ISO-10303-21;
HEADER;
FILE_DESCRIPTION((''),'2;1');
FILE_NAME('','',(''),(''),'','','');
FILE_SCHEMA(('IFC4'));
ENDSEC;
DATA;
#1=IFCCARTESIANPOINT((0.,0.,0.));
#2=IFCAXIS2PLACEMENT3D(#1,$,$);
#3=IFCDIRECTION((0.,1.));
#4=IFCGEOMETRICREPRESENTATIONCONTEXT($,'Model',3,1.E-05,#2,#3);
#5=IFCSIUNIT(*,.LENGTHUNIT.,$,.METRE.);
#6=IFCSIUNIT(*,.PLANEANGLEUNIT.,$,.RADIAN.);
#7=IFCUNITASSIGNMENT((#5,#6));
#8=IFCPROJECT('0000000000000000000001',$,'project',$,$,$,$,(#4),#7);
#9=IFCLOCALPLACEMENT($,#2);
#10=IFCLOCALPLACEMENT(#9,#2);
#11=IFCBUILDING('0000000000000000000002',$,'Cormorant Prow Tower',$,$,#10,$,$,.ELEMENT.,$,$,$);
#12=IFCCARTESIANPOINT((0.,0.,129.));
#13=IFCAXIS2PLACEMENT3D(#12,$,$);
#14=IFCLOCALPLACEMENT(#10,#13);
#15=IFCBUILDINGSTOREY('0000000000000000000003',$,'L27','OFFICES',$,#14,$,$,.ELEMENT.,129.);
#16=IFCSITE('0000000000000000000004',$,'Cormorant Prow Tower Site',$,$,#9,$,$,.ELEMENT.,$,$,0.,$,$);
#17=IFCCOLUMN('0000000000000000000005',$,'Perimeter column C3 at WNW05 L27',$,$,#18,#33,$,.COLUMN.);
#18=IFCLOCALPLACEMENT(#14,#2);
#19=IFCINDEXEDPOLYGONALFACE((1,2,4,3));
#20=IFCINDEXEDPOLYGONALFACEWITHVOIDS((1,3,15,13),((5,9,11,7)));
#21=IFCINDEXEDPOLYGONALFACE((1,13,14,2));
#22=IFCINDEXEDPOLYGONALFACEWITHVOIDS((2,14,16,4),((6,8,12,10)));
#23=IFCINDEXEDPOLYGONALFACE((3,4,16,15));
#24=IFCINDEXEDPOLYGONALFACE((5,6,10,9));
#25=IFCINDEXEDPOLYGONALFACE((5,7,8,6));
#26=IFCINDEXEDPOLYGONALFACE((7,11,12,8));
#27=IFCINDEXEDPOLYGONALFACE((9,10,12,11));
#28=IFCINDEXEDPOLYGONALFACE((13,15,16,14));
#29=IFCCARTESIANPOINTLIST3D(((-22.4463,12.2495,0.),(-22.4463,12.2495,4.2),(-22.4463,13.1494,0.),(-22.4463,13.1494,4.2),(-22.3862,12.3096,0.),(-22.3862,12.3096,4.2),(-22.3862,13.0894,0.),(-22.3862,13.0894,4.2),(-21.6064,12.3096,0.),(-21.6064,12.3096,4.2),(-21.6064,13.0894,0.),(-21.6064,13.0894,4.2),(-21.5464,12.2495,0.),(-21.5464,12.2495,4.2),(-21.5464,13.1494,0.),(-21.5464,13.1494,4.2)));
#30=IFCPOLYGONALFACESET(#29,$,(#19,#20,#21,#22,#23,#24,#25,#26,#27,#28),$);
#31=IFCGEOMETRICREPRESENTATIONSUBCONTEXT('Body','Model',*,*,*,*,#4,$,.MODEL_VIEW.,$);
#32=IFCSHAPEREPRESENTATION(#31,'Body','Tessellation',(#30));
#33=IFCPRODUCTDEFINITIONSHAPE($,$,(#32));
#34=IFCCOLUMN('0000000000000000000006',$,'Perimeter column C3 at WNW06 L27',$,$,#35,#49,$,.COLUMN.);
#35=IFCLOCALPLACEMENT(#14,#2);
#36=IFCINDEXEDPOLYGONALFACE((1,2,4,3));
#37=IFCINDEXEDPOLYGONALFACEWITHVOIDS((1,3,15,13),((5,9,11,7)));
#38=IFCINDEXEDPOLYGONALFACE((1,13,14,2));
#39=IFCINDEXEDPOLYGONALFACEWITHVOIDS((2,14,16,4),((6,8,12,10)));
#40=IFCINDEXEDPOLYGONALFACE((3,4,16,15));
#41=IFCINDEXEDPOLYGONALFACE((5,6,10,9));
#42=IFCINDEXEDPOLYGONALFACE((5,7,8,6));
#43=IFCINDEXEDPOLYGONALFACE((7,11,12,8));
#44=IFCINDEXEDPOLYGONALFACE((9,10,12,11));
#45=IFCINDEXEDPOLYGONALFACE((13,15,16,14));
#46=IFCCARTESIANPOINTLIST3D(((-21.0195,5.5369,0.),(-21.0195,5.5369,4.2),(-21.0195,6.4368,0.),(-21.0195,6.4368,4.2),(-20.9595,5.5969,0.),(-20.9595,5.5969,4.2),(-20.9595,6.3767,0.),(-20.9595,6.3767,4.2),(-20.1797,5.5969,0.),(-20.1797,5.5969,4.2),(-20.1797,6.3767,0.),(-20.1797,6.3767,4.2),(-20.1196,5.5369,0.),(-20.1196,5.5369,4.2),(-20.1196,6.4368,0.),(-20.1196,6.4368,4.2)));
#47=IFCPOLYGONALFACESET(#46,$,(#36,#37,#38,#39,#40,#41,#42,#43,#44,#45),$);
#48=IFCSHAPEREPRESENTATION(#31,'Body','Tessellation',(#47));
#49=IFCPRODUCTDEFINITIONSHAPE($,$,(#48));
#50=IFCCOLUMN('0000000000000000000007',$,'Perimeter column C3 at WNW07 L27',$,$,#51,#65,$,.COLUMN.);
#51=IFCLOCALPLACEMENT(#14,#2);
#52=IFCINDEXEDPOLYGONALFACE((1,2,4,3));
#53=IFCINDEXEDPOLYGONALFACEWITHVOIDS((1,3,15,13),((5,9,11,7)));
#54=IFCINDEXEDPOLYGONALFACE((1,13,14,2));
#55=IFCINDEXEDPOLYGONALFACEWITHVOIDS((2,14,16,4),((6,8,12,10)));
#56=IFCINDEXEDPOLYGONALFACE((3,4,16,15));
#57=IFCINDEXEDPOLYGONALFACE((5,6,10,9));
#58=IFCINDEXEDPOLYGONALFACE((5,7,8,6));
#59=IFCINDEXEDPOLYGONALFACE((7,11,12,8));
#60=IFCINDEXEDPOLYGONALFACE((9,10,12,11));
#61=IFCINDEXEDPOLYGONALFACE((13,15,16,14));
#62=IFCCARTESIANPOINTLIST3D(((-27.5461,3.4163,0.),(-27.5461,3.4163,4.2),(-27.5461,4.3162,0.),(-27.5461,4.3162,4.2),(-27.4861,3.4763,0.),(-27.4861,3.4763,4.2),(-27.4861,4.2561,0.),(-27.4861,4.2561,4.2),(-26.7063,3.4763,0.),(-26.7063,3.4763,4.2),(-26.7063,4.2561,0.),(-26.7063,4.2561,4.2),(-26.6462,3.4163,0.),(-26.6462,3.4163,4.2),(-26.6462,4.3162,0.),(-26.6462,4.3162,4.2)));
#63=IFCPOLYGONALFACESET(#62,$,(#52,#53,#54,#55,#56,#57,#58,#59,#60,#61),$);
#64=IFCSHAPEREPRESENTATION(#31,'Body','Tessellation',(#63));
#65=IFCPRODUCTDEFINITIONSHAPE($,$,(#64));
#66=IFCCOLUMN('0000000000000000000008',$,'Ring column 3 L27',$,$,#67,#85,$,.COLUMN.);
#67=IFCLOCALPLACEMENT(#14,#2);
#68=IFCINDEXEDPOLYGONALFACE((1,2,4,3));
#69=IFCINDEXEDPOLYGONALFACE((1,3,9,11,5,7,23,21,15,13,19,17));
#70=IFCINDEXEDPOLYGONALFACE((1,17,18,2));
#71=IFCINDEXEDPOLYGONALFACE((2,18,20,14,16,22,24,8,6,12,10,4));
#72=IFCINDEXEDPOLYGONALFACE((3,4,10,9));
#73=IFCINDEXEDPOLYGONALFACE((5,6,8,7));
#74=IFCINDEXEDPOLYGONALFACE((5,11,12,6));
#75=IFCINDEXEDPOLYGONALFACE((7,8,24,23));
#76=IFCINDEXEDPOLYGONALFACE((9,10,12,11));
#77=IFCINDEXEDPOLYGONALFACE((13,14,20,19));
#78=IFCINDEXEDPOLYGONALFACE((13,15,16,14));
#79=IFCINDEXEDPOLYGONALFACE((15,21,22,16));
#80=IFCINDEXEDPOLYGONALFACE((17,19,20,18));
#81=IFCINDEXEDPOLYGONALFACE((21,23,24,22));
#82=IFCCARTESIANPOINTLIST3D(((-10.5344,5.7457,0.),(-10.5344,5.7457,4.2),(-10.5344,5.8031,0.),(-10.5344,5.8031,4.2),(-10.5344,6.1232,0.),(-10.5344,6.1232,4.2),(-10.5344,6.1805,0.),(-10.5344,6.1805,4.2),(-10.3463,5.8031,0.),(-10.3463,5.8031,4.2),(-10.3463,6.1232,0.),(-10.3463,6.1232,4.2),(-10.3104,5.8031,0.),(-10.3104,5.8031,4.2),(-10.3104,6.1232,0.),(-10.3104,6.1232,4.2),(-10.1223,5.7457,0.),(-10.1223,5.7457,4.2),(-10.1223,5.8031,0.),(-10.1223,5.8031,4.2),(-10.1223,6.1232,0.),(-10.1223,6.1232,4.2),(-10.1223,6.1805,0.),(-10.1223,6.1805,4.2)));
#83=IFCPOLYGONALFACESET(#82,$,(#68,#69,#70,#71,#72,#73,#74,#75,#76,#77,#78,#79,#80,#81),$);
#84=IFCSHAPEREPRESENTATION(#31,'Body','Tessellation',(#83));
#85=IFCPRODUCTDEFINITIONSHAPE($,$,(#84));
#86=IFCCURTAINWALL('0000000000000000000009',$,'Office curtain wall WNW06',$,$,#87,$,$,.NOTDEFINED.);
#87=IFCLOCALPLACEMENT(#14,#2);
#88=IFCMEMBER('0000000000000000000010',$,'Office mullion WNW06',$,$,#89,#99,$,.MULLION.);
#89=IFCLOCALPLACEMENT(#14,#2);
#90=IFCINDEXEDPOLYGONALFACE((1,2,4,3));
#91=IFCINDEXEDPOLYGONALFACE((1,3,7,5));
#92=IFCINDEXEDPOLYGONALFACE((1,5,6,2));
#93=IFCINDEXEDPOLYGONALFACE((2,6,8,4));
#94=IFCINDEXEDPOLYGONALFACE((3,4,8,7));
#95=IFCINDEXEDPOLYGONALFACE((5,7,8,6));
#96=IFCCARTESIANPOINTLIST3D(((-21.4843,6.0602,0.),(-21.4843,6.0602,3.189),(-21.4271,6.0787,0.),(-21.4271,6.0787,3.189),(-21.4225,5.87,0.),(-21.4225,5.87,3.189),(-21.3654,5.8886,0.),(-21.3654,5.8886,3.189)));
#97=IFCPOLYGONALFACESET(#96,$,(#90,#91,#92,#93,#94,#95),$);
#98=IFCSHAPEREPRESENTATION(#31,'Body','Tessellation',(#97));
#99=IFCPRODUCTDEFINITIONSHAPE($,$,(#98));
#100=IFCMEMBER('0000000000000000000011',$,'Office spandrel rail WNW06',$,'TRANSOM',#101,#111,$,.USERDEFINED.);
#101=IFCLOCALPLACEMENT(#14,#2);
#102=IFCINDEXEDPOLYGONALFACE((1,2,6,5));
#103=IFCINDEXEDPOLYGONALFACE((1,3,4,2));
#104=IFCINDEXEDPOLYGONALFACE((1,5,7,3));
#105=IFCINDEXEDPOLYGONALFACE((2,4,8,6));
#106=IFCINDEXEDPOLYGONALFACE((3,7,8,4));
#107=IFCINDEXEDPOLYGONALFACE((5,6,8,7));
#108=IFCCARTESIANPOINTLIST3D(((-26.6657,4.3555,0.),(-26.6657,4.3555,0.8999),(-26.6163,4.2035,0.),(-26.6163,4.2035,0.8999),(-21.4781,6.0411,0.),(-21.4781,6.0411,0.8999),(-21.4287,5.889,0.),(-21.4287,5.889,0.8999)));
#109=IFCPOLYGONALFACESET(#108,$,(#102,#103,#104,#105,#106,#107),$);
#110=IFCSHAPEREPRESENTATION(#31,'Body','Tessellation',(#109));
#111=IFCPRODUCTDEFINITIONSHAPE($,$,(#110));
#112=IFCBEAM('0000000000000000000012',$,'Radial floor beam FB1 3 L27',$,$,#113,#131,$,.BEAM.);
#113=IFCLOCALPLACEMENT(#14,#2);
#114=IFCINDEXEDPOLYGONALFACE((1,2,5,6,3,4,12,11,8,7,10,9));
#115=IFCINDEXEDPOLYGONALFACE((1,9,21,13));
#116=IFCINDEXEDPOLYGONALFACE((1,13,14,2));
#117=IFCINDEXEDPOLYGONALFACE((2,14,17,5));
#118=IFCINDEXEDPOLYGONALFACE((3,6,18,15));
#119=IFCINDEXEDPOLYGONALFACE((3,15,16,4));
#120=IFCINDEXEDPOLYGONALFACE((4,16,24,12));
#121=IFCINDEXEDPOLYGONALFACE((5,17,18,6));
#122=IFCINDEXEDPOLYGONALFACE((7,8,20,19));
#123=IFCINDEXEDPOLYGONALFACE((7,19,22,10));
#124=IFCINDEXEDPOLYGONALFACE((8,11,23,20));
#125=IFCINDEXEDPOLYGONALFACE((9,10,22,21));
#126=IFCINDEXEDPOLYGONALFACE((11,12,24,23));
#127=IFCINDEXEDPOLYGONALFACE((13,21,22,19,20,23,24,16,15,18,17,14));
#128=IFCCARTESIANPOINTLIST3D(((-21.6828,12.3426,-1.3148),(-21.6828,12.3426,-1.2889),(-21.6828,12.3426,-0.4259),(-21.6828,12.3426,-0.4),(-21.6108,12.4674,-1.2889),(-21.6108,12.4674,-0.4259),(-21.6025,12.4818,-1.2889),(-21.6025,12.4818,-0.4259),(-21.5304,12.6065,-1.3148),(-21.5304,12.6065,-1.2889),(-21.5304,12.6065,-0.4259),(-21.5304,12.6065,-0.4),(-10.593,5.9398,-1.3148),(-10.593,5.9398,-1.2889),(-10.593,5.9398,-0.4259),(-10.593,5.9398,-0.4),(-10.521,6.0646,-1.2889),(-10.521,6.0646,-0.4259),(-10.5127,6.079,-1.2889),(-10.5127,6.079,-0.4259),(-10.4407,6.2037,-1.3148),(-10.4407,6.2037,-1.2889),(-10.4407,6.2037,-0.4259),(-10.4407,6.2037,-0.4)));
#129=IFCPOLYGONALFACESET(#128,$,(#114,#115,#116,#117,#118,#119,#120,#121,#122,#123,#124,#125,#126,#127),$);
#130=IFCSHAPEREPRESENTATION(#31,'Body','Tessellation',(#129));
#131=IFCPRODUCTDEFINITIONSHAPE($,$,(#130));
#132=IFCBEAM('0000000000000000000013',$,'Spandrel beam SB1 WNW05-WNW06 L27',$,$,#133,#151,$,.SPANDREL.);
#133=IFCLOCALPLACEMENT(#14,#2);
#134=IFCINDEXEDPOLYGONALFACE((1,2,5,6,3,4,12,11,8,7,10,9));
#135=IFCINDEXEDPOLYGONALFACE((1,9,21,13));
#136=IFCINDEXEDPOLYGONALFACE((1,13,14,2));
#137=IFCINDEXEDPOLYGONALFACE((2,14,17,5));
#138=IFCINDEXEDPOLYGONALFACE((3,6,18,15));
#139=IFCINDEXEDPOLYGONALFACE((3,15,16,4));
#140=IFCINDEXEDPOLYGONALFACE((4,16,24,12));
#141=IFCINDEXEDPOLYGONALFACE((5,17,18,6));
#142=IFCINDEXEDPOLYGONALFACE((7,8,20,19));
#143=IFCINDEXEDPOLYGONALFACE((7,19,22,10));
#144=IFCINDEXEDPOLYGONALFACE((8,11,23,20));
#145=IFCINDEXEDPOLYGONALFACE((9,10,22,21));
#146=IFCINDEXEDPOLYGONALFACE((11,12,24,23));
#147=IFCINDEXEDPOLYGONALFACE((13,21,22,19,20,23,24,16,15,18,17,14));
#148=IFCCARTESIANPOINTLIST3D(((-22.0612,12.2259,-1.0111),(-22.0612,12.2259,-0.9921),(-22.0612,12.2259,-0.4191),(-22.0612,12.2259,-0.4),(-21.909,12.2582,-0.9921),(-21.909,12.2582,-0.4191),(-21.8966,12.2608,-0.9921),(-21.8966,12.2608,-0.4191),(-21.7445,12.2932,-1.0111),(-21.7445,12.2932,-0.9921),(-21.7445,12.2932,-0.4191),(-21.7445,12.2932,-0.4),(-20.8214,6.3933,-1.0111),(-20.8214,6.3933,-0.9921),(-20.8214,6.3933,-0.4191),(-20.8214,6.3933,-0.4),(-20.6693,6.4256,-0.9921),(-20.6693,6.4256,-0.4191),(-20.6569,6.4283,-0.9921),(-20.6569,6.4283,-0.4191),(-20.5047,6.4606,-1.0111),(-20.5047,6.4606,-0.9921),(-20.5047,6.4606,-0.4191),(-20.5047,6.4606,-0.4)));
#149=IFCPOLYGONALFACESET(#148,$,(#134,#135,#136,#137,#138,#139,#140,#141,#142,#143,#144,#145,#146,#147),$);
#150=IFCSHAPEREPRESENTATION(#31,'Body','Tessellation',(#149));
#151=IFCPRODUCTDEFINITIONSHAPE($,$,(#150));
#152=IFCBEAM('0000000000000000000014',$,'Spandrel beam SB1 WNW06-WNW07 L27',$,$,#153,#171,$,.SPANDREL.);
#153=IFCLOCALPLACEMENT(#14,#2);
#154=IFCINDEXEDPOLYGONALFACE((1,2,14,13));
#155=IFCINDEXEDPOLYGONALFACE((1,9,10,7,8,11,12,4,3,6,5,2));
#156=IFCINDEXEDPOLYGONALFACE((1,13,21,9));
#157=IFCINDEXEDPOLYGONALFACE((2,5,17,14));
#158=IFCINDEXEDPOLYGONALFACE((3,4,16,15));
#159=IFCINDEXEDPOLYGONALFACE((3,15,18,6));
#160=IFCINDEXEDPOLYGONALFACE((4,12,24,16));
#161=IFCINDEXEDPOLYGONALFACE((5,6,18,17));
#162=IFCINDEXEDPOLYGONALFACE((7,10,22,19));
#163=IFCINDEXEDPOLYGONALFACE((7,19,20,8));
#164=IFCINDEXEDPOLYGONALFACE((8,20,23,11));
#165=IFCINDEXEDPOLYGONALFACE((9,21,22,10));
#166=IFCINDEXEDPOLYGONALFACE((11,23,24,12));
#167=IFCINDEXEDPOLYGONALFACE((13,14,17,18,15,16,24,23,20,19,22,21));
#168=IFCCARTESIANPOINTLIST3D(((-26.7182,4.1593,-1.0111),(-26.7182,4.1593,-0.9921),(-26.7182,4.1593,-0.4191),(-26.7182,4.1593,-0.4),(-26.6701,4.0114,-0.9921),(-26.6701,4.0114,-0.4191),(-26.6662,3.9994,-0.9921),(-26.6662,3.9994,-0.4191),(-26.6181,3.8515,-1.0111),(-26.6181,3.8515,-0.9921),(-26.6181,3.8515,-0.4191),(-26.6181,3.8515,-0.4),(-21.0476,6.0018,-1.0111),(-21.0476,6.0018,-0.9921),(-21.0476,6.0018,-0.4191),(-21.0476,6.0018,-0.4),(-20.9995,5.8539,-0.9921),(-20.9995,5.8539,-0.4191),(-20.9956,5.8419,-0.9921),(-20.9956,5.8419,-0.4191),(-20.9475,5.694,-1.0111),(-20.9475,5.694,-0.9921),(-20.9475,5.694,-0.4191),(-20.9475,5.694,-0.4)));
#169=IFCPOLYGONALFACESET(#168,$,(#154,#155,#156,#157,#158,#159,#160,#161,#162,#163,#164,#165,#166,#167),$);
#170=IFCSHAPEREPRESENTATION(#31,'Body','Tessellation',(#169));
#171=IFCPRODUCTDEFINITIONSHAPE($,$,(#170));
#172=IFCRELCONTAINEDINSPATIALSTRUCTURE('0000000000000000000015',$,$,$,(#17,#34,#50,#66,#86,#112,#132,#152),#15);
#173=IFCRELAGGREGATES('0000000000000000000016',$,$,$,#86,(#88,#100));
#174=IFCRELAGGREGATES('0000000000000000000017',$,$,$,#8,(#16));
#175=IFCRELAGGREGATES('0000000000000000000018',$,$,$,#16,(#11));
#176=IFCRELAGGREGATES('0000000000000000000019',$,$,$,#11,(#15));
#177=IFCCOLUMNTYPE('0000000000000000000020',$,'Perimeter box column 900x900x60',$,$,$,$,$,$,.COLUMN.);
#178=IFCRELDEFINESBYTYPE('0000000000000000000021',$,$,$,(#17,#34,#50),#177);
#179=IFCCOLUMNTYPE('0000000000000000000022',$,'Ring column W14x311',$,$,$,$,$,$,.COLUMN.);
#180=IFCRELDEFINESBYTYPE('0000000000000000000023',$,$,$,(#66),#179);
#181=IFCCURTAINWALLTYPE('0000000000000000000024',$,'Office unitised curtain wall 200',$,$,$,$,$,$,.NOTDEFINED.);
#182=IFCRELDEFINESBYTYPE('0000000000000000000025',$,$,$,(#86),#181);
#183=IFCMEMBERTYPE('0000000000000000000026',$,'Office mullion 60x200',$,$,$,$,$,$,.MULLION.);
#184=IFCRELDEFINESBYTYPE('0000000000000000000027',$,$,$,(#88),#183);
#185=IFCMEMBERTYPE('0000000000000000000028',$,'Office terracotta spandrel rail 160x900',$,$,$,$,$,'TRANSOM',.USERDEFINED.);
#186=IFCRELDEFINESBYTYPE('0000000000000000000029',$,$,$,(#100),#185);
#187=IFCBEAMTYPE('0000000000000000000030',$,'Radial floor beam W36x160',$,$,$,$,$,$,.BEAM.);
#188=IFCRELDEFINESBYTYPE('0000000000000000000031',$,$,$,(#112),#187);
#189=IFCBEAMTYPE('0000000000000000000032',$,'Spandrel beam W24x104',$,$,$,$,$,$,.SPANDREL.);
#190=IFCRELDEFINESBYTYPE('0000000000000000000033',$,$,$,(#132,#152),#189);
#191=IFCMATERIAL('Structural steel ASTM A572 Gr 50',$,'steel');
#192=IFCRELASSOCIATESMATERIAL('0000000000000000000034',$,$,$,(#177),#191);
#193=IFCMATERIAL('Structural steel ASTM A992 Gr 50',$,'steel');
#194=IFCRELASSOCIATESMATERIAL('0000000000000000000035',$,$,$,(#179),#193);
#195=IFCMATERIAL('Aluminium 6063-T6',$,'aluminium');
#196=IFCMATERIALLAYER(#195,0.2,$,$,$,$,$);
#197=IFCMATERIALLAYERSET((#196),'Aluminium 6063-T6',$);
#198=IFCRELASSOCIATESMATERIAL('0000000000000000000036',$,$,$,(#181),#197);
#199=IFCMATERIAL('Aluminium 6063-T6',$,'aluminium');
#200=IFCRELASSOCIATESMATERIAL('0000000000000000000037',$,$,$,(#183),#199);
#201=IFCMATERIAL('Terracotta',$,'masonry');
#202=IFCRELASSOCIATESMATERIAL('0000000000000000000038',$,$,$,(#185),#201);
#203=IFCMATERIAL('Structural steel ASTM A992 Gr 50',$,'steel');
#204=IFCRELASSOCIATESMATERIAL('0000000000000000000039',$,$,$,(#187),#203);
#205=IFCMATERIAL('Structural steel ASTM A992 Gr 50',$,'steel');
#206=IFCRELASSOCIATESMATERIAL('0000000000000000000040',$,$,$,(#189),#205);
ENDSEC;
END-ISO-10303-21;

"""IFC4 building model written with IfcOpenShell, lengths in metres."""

from ifc_helpers import new_model, si_unit, direction, frame, origin, origin_2d, place, context, subcontext, project, spatial, rectangle, hollow_rectangle, i_section, extrude, material, layer, layer_set, material_profile, profile_set, type_object, element, aggregate, save


model = new_model("IFC4")

# Units and contexts
model_context = context("Model", 3, precision=1e-05, world=origin(), true_north=direction((0.0, 1.0)))
body_context = subcontext(model_context, "Body", "Model", "MODEL_VIEW")
ifc_project = project(units=[si_unit("LENGTHUNIT", "METRE"), si_unit("PLANEANGLEUNIT", "RADIAN")], contexts=[model_context])

# Site, building, storey
site_placement = place(None, origin())
site = spatial("IfcSite", under=ifc_project, at=site_placement, Name="Cormorant Prow Tower Site", CompositionType="ELEMENT", RefElevation=0.0)
building_placement = place(site_placement, origin())
building = spatial("IfcBuilding", under=site, at=building_placement, Name="Cormorant Prow Tower", CompositionType="ELEMENT")
storey_placement = place(building_placement, frame((0.0, 0.0, 129.0)))
storey = spatial("IfcBuildingStorey", under=building, at=storey_placement, Name="L27", Description="OFFICES", CompositionType="ELEMENT", Elevation=129.0)

# Columns
ifc_material_1 = material(Name="Structural steel ASTM A572 Gr 50", Category="steel")
ifc_material_profile_1 = material_profile(ifc_material_1, hollow_rectangle(XDim=0.8999, YDim=0.8999, WallThickness=0.0601, at=origin_2d()), Name="Box 900x900x60")
ifc_profile_set_1 = profile_set([ifc_material_profile_1], Name="Structural steel ASTM A572 Gr 50")
column_type_1 = type_object("IfcColumnType", Name="Perimeter box column 900x900x60", PredefinedType="COLUMN", material=ifc_profile_set_1)
for number, where, z_axis, x_axis, name in (
    (1, (-21.9963, 12.6995, 0.0), (0.0, 0.0, 1.0), (1.0, 0.0, 0.0), "Perimeter column C3 at WNW05 L27"),
    (2, (-20.5696, 5.9868, 0.0), (0.0, 0.0, 1.0), (1.0, 0.0, 0.0), "Perimeter column C3 at WNW06 L27"),
    (3, (-27.0962, 3.8662, 0.0), (0.0, 0.0, 1.0), (1.0, 0.0, 0.0), "Perimeter column C3 at WNW07 L27"),
):
    element("IfcColumn", number, at=place(storey_placement, frame(where, z_axis=z_axis, x_axis=x_axis)), inside=storey, type_object=column_type_1, Name=name, PredefinedType="COLUMN", context=body_context, shape_type="SweptSolid", body=[
        extrude(hollow_rectangle(XDim=0.8999, YDim=0.8999, WallThickness=0.0601, at=origin_2d()), origin(), (0.0, 0.0, 1.0), 4.2),
    ])
ifc_material_2 = material(Name="Structural steel ASTM A992 Gr 50", Category="steel")
ifc_material_profile_2 = material_profile(ifc_material_2, i_section(OverallWidth=0.4121, OverallDepth=0.4348, WebThickness=0.0359, FlangeThickness=0.0574, at=origin_2d()), Name="W14x311")
ifc_profile_set_2 = profile_set([ifc_material_profile_2], Name="Structural steel ASTM A992 Gr 50")
column_type_2 = type_object("IfcColumnType", Name="Ring column W14x311", PredefinedType="COLUMN", material=ifc_profile_set_2)
column_placement = place(storey_placement, frame((-10.3284, 5.9631, 0.0), z_axis=(0.0, 0.0, 1.0), x_axis=(1.0, 0.0, 0.0)))
element("IfcColumn", 4, at=column_placement, inside=storey, type_object=column_type_2, Name="Ring column 3 L27", PredefinedType="COLUMN", context=body_context, shape_type="SweptSolid", body=[
    extrude(i_section(OverallWidth=0.4121, OverallDepth=0.4348, WebThickness=0.0359, FlangeThickness=0.0574, at=origin_2d()), origin(), (0.0, 0.0, 1.0), 4.2),
])

# Curtain wall, members
ifc_material_3 = material(Name="Aluminium 6063-T6", Category="aluminium")
ifc_layer_1 = layer(ifc_material_3, 0.2)
ifc_layer_set_1 = layer_set([ifc_layer_1], Name="Aluminium 6063-T6")
curtain_wall_type = type_object("IfcCurtainWallType", Name="Office unitised curtain wall 200", PredefinedType="NOTDEFINED", material=ifc_layer_set_1)
curtain_wall_placement = place(storey_placement, origin())
curtain_wall = element("IfcCurtainWall", 5, at=curtain_wall_placement, inside=storey, type_object=curtain_wall_type, Name="Office curtain wall WNW06", PredefinedType="NOTDEFINED")
ifc_material_4 = material(Name="Aluminium 6063-T6", Category="aluminium")
ifc_material_profile_3 = material_profile(ifc_material_4, rectangle(XDim=0.2, YDim=0.0601, at=origin_2d()), Name="Office mullion 60x200")
ifc_profile_set_3 = profile_set([ifc_material_profile_3], Name="Aluminium 6063-T6")
member_type_1 = type_object("IfcMemberType", Name="Office mullion 60x200", PredefinedType="MULLION", material=ifc_profile_set_3)
member_1_placement = place(storey_placement, frame((-21.4248, 5.9744, 0.0), z_axis=(0.0, 0.0, 1.0), x_axis=(0.309017, -0.951056, 0.0)))
member_1 = element("IfcMember", 6, at=member_1_placement, type_object=member_type_1, Name="Office mullion WNW06", PredefinedType="MULLION", context=body_context, shape_type="SweptSolid", body=[
    extrude(rectangle(XDim=0.2, YDim=0.0601, at=origin_2d()), origin(), (0.0, 0.0, 1.0), 3.189),
])
ifc_material_5 = material(Name="Terracotta", Category="masonry")
ifc_material_profile_4 = material_profile(ifc_material_5, rectangle(XDim=0.1599, YDim=0.8999, at=origin_2d()), Name="Office terracotta spandrel rail 160x900")
ifc_profile_set_4 = profile_set([ifc_material_profile_4], Name="Terracotta")
member_type_2 = type_object("IfcMemberType", Name="Office terracotta spandrel rail 160x900", ElementType="TRANSOM", PredefinedType="USERDEFINED", material=ifc_profile_set_4)
member_2_placement = place(storey_placement, frame((-21.4534, 5.9651, 0.45), z_axis=(-0.951055, -0.309021, 0.0), x_axis=(0.309021, -0.951055, 0.0)))
member_2 = element("IfcMember", 7, at=member_2_placement, type_object=member_type_2, Name="Office spandrel rail WNW06", ObjectType="TRANSOM", PredefinedType="USERDEFINED", context=body_context, shape_type="SweptSolid", body=[
    extrude(rectangle(XDim=0.1599, YDim=0.8999, at=origin_2d()), origin(), (0.0, 0.0, 1.0), 5.4546),
])

# Beams
ifc_material_6 = material(Name="Structural steel ASTM A992 Gr 50", Category="steel")
ifc_material_profile_5 = material_profile(ifc_material_6, i_section(OverallWidth=0.3047, OverallDepth=0.9148, WebThickness=0.0166, FlangeThickness=0.0259, at=origin_2d()), Name="W36x160")
ifc_profile_set_5 = profile_set([ifc_material_profile_5], Name="Structural steel ASTM A992 Gr 50")
beam_type_1 = type_object("IfcBeamType", Name="Radial floor beam W36x160", PredefinedType="BEAM", material=ifc_profile_set_5)
beam_1_placement = place(storey_placement, frame((-10.5168, 6.0718, -0.8574), z_axis=(-0.866022, 0.500006, 0.0), x_axis=(-0.500006, -0.866022, 0.0)))
element("IfcBeam", 8, at=beam_1_placement, inside=storey, type_object=beam_type_1, Name="Radial floor beam FB1 3 L27", PredefinedType="BEAM", context=body_context, shape_type="SweptSolid", body=[
    extrude(i_section(OverallWidth=0.3047, OverallDepth=0.9148, WebThickness=0.0166, FlangeThickness=0.0259, at=origin_2d()), origin(), (0.0, 0.0, 1.0), 12.8054),
])
ifc_material_7 = material(Name="Structural steel ASTM A992 Gr 50", Category="steel")
ifc_material_profile_6 = material_profile(ifc_material_7, i_section(OverallWidth=0.3237, OverallDepth=0.6111, WebThickness=0.0127, FlangeThickness=0.019, at=origin_2d()), Name="W24x104")
ifc_profile_set_6 = profile_set([ifc_material_profile_6], Name="Structural steel ASTM A992 Gr 50")
beam_type_2 = type_object("IfcBeamType", Name="Spandrel beam W24x104", PredefinedType="SPANDREL", material=ifc_profile_set_6)
beam_2_placement = place(storey_placement, frame((-21.9028, 12.2595, -0.7056), z_axis=(0.207913, -0.978147, 0.0), x_axis=(0.978147, 0.207913, 0.0)))
element("IfcBeam", 9, at=beam_2_placement, inside=storey, type_object=beam_type_2, Name="Spandrel beam SB1 WNW05-WNW06 L27", PredefinedType="SPANDREL", context=body_context, shape_type="SweptSolid", body=[
    extrude(i_section(OverallWidth=0.3237, OverallDepth=0.6111, WebThickness=0.0127, FlangeThickness=0.019, at=origin_2d()), origin(), (0.0, 0.0, 1.0), 5.9629),
])
beam_3_placement = place(storey_placement, frame((-20.9976, 5.8479, -0.7056), z_axis=(-0.951055, -0.30902, 0.0), x_axis=(0.30902, -0.951055, 0.0)))
element("IfcBeam", 10, at=beam_3_placement, inside=storey, type_object=beam_type_2, Name="Spandrel beam SB1 WNW06-WNW07 L27", PredefinedType="SPANDREL", context=body_context, shape_type="SweptSolid", body=[
    extrude(i_section(OverallWidth=0.3237, OverallDepth=0.6111, WebThickness=0.0127, FlangeThickness=0.019, at=origin_2d()), origin(), (0.0, 0.0, 1.0), 5.9624),
])

aggregate(curtain_wall, [member_1, member_2])

save(model, "model.ifc")
